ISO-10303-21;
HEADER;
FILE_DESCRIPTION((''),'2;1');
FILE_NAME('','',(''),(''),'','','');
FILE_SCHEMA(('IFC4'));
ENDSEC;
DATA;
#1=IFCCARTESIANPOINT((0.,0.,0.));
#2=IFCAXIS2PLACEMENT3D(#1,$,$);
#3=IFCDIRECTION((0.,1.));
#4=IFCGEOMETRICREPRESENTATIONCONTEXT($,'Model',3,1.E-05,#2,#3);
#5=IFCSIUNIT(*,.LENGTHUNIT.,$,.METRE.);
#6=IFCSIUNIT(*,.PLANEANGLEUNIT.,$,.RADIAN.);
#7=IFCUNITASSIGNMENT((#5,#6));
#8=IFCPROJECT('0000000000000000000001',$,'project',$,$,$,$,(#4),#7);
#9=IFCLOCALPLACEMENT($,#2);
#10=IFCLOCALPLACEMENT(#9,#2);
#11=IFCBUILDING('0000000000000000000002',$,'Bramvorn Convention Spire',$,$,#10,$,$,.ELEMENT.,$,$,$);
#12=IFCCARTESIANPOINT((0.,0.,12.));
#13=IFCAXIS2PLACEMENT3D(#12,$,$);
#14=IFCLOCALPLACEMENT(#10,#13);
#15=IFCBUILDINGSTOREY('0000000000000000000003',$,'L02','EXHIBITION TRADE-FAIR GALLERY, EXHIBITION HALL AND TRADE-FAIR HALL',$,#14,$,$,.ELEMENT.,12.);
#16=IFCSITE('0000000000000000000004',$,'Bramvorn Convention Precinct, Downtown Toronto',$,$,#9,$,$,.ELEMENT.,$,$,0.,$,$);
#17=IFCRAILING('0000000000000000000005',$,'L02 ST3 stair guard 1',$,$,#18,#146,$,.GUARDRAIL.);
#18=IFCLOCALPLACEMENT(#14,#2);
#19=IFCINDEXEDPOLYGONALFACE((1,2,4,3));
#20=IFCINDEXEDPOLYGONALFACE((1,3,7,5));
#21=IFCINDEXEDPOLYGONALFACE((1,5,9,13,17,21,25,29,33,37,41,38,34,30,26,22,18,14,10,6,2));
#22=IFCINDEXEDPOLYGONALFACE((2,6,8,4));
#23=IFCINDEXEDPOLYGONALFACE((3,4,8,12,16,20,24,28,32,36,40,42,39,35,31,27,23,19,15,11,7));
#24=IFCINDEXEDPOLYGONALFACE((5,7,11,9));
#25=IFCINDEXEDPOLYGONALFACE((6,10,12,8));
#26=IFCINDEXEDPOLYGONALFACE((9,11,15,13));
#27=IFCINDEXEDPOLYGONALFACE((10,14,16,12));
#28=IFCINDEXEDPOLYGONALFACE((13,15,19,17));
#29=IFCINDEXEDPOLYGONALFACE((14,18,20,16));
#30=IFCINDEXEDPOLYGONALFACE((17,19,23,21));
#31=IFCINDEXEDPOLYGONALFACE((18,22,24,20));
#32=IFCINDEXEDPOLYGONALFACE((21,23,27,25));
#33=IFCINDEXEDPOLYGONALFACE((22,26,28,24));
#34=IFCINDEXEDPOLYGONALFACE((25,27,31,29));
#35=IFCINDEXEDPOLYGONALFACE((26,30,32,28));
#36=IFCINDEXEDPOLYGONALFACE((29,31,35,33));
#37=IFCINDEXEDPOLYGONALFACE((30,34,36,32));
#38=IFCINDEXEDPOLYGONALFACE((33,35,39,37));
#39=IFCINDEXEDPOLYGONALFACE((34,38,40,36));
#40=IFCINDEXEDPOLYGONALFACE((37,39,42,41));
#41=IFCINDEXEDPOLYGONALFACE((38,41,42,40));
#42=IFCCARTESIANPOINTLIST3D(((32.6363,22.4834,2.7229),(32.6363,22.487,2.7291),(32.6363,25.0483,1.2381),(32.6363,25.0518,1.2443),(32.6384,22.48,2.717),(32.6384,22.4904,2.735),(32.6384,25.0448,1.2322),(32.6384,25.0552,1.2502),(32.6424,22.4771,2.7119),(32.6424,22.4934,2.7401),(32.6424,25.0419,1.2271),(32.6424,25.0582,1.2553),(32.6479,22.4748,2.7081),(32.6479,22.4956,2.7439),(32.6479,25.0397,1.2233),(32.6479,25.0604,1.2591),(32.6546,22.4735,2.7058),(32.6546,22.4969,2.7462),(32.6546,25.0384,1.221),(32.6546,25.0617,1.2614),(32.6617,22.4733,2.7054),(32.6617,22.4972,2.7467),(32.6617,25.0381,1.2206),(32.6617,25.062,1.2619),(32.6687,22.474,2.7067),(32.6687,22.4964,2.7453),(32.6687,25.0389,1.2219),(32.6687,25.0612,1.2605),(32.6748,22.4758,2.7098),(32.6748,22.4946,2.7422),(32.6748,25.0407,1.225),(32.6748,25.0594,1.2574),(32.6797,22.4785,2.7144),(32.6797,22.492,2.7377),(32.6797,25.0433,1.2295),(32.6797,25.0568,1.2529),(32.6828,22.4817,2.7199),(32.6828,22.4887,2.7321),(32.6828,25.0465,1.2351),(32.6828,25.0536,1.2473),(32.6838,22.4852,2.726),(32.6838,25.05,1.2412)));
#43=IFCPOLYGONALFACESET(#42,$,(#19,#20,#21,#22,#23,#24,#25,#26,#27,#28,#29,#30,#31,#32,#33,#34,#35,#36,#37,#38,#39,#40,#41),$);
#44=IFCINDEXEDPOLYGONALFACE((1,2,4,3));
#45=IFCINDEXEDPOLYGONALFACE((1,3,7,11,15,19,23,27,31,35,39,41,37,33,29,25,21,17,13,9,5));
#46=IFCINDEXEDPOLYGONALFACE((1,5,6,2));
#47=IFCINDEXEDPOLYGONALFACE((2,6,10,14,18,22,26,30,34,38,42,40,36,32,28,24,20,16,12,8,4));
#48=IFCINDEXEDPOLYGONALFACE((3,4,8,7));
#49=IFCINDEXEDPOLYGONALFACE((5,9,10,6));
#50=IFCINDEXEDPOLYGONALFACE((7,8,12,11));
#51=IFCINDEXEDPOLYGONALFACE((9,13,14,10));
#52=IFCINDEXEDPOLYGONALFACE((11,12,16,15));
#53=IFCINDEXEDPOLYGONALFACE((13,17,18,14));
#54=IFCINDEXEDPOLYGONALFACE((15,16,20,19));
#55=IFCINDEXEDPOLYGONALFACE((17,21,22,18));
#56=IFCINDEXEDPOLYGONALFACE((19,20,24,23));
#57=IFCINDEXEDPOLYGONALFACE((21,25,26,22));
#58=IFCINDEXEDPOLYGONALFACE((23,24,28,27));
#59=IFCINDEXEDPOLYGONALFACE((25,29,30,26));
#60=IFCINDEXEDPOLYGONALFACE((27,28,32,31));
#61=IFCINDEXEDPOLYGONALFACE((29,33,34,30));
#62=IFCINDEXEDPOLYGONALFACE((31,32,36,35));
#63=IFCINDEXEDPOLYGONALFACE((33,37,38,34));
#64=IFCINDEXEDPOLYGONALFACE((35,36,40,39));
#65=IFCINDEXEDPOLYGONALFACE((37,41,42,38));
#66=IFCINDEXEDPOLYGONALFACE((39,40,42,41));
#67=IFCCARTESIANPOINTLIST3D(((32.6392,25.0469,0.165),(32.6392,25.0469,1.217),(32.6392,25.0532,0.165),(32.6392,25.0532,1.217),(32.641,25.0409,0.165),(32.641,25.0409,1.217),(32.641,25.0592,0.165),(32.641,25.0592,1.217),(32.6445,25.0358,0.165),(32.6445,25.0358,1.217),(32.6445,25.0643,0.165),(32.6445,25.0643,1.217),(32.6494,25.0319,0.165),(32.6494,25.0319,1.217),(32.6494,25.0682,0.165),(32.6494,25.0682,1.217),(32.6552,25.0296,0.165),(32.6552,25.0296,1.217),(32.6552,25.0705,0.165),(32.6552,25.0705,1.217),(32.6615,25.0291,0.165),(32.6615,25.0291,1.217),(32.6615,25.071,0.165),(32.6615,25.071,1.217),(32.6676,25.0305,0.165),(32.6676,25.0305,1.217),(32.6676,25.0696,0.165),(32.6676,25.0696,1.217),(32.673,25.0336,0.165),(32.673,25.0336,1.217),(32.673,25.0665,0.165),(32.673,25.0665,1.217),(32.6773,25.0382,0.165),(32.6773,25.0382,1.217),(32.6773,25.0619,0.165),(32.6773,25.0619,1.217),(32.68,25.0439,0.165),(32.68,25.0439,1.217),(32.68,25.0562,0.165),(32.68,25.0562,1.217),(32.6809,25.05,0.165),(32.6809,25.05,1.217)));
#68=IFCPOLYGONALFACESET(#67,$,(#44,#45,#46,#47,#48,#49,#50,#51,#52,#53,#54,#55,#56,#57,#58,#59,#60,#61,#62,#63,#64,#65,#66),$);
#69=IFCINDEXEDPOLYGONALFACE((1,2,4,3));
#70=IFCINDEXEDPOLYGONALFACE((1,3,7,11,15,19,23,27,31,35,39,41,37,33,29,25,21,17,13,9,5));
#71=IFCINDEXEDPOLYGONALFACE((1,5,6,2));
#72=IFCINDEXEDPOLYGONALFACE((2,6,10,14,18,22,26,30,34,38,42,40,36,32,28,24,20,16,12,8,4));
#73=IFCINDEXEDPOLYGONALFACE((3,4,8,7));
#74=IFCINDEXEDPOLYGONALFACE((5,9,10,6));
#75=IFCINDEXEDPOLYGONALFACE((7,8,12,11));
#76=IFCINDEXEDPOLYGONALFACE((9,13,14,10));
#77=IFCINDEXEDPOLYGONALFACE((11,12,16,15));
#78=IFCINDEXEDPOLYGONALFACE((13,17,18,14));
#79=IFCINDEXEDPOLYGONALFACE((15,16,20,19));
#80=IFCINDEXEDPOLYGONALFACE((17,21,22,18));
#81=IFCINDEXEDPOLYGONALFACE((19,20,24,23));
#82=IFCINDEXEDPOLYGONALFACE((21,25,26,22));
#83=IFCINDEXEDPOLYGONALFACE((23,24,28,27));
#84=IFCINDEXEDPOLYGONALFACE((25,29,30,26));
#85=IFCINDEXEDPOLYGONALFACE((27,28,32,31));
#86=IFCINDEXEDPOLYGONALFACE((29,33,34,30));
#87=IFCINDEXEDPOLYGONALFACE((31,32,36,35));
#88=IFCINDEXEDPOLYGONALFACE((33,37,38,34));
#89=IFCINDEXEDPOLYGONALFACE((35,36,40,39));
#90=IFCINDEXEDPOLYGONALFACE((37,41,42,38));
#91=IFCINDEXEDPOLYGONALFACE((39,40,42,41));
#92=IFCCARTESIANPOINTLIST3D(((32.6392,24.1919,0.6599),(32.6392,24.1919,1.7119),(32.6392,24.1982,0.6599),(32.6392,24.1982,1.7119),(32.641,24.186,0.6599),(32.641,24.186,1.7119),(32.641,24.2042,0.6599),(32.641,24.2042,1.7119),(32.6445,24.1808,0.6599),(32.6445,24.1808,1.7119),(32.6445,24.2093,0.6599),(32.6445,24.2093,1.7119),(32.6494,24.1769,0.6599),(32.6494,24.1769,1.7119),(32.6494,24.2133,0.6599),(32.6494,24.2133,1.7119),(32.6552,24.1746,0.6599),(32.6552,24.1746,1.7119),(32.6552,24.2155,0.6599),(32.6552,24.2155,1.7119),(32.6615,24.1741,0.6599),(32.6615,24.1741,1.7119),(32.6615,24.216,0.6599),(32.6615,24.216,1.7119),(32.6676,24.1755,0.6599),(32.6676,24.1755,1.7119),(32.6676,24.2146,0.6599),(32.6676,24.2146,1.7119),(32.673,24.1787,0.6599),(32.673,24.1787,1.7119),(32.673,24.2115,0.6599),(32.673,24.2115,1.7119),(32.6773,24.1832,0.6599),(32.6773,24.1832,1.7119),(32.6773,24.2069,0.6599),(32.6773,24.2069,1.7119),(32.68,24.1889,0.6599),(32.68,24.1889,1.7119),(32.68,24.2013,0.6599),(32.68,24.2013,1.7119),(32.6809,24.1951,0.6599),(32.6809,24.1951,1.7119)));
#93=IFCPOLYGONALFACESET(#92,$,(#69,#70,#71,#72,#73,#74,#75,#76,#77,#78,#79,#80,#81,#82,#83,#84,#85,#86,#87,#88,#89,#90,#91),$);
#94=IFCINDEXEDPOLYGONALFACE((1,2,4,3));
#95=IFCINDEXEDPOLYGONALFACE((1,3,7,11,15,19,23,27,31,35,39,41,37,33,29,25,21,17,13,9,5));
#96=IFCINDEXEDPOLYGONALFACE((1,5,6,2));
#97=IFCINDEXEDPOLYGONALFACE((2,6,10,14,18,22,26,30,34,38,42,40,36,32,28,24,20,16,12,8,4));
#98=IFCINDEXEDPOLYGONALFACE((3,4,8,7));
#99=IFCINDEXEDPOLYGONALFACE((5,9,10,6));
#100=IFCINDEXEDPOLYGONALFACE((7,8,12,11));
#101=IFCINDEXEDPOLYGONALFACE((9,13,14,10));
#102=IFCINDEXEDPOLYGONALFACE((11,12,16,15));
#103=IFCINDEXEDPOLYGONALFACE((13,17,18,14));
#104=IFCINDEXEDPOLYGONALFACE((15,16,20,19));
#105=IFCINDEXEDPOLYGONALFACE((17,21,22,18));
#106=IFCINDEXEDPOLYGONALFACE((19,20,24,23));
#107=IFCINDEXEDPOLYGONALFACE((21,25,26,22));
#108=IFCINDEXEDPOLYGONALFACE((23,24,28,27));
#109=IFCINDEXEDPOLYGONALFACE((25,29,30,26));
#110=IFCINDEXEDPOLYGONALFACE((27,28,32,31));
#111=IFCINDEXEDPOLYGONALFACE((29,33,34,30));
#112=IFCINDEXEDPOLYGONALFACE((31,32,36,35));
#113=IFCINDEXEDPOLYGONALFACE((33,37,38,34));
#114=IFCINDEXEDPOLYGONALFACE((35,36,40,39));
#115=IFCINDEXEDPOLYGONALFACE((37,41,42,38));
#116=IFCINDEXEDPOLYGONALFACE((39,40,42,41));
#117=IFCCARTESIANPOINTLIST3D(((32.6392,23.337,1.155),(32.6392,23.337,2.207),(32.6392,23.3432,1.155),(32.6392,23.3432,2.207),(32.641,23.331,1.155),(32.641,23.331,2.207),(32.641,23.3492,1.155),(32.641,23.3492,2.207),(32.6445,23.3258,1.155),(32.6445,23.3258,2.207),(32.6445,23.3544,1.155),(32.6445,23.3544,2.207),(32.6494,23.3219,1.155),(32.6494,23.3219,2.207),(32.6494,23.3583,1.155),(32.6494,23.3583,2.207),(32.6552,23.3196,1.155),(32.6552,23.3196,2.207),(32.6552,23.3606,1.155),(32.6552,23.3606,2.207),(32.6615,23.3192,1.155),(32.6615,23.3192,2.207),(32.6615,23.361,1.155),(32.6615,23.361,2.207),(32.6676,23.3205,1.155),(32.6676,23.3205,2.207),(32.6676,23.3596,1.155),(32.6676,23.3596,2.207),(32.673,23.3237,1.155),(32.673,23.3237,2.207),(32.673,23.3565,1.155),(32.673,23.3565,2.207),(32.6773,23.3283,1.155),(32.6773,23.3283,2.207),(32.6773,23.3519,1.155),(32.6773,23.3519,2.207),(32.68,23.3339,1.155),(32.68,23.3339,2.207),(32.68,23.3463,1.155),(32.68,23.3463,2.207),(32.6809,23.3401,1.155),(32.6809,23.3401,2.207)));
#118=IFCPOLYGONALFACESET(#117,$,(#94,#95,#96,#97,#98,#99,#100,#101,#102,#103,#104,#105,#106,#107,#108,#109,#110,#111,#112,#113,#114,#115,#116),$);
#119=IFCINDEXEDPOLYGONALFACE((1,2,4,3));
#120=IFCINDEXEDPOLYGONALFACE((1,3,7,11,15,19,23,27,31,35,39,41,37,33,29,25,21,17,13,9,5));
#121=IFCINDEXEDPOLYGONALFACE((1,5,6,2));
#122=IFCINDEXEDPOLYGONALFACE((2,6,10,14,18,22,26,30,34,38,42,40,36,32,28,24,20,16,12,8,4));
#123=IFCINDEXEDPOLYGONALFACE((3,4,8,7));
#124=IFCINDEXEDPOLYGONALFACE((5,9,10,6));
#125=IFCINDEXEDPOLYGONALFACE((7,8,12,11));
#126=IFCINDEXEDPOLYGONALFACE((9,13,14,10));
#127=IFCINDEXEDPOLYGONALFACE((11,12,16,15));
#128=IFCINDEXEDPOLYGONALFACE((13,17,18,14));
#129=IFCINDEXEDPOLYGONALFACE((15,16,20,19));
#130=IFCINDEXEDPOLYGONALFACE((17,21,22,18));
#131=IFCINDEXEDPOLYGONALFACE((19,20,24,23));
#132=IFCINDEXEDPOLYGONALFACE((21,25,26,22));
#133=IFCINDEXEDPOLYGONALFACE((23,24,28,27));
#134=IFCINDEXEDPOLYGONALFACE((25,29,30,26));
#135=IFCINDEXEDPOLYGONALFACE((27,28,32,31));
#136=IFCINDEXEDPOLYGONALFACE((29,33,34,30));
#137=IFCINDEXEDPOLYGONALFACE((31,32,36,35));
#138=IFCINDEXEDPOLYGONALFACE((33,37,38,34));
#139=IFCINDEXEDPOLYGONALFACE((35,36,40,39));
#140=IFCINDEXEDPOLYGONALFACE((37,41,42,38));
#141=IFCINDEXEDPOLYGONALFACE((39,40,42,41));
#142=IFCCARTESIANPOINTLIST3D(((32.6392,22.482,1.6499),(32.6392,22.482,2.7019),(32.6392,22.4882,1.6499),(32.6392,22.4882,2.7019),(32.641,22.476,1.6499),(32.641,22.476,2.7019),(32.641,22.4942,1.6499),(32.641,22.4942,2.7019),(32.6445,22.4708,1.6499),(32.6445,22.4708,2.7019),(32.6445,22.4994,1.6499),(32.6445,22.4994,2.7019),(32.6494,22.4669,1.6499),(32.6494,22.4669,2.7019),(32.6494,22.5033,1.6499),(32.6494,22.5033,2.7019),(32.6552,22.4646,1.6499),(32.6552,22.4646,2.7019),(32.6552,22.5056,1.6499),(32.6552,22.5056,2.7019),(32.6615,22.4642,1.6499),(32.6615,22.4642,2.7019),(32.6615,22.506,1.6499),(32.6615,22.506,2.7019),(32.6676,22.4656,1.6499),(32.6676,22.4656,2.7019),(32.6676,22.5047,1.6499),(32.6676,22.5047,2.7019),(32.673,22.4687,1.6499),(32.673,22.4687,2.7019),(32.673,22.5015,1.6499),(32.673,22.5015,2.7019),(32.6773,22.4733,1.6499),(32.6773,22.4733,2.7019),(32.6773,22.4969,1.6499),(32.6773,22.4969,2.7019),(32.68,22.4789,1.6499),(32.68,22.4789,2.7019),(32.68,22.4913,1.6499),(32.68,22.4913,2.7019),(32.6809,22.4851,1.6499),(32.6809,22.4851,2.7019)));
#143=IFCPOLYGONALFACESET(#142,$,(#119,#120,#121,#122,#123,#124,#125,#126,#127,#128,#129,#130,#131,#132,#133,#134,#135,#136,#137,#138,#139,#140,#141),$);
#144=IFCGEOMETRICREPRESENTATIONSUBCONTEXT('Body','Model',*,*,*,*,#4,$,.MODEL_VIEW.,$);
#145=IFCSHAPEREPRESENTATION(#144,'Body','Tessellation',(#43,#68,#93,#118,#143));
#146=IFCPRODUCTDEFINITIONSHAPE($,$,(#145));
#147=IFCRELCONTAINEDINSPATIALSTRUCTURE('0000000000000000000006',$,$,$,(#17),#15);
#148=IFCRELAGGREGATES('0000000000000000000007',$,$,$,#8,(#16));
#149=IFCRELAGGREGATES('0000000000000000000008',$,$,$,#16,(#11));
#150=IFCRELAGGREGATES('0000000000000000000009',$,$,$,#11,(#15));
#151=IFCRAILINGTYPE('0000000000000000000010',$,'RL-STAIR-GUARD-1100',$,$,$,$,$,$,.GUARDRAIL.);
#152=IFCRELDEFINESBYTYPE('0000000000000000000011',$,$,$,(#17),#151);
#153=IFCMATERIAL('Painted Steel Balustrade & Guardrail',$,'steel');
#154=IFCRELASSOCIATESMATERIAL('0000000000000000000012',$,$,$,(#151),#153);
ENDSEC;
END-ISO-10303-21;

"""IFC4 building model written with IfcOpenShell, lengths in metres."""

from ifc_helpers import new_model, si_unit, direction, frame, origin, origin_2d, place, context, subcontext, project, spatial, circle, extrude, material, type_object, element, save


model = new_model("IFC4")

# Units and contexts
model_context = context("Model", 3, precision=1e-05, world=origin(), true_north=direction((0.0, 1.0)))
body_context = subcontext(model_context, "Body", "Model", "MODEL_VIEW")
ifc_project = project(units=[si_unit("LENGTHUNIT", "METRE"), si_unit("PLANEANGLEUNIT", "RADIAN")], contexts=[model_context])

# Site, building, storey
site_placement = place(None, origin())
site = spatial("IfcSite", under=ifc_project, at=site_placement, Name="Bramvorn Convention Precinct, Downtown Toronto", CompositionType="ELEMENT", RefElevation=0.0)
building_placement = place(site_placement, origin())
building = spatial("IfcBuilding", under=site, at=building_placement, Name="Bramvorn Convention Spire", CompositionType="ELEMENT")
storey_placement = place(building_placement, frame((0.0, 0.0, 12.0)))
storey = spatial("IfcBuildingStorey", under=building, at=storey_placement, Name="L02", Description="EXHIBITION TRADE-FAIR GALLERY, EXHIBITION HALL AND TRADE-FAIR HALL", CompositionType="ELEMENT", Elevation=12.0)

# Railing
ifc_material_1 = material(Name="Painted Steel Balustrade & Guardrail", Category="steel")
railing_type_1 = type_object("IfcRailingType", Name="RL-STAIR-GUARD-1100", PredefinedType="GUARDRAIL", material=ifc_material_1)
railing_1_placement = place(storey_placement, frame((32.6599, 25.05, 0.165)))
element("IfcRailing", 1, at=railing_1_placement, inside=storey, type_object=railing_type_1, Name="L02 ST3 stair guard 1", PredefinedType="GUARDRAIL", context=body_context, shape_type="SweptSolid", body=[
    extrude(circle(Radius=0.0239, at=origin_2d()), frame((0.0, 0.0, 1.0762), z_axis=(0.0, -0.865441, 0.50101), x_axis=(1.0, 0.0, 0.0)), (0.0, 0.0, 1.0), 2.9636),
    extrude(circle(Radius=0.021, at=origin_2d()), origin(), (0.0, 0.0, 1.0), 1.052),
    extrude(circle(Radius=0.021, at=origin_2d()), frame((0.0, -0.855, 0.4949)), (0.0, 0.0, 1.0), 1.052),
    extrude(circle(Radius=0.021, at=origin_2d()), frame((0.0, -1.71, 0.99)), (0.0, 0.0, 1.0), 1.052),
    extrude(circle(Radius=0.021, at=origin_2d()), frame((0.0, -2.5649, 1.4849)), (0.0, 0.0, 1.0), 1.052),
])

save(model, "model.ifc")
